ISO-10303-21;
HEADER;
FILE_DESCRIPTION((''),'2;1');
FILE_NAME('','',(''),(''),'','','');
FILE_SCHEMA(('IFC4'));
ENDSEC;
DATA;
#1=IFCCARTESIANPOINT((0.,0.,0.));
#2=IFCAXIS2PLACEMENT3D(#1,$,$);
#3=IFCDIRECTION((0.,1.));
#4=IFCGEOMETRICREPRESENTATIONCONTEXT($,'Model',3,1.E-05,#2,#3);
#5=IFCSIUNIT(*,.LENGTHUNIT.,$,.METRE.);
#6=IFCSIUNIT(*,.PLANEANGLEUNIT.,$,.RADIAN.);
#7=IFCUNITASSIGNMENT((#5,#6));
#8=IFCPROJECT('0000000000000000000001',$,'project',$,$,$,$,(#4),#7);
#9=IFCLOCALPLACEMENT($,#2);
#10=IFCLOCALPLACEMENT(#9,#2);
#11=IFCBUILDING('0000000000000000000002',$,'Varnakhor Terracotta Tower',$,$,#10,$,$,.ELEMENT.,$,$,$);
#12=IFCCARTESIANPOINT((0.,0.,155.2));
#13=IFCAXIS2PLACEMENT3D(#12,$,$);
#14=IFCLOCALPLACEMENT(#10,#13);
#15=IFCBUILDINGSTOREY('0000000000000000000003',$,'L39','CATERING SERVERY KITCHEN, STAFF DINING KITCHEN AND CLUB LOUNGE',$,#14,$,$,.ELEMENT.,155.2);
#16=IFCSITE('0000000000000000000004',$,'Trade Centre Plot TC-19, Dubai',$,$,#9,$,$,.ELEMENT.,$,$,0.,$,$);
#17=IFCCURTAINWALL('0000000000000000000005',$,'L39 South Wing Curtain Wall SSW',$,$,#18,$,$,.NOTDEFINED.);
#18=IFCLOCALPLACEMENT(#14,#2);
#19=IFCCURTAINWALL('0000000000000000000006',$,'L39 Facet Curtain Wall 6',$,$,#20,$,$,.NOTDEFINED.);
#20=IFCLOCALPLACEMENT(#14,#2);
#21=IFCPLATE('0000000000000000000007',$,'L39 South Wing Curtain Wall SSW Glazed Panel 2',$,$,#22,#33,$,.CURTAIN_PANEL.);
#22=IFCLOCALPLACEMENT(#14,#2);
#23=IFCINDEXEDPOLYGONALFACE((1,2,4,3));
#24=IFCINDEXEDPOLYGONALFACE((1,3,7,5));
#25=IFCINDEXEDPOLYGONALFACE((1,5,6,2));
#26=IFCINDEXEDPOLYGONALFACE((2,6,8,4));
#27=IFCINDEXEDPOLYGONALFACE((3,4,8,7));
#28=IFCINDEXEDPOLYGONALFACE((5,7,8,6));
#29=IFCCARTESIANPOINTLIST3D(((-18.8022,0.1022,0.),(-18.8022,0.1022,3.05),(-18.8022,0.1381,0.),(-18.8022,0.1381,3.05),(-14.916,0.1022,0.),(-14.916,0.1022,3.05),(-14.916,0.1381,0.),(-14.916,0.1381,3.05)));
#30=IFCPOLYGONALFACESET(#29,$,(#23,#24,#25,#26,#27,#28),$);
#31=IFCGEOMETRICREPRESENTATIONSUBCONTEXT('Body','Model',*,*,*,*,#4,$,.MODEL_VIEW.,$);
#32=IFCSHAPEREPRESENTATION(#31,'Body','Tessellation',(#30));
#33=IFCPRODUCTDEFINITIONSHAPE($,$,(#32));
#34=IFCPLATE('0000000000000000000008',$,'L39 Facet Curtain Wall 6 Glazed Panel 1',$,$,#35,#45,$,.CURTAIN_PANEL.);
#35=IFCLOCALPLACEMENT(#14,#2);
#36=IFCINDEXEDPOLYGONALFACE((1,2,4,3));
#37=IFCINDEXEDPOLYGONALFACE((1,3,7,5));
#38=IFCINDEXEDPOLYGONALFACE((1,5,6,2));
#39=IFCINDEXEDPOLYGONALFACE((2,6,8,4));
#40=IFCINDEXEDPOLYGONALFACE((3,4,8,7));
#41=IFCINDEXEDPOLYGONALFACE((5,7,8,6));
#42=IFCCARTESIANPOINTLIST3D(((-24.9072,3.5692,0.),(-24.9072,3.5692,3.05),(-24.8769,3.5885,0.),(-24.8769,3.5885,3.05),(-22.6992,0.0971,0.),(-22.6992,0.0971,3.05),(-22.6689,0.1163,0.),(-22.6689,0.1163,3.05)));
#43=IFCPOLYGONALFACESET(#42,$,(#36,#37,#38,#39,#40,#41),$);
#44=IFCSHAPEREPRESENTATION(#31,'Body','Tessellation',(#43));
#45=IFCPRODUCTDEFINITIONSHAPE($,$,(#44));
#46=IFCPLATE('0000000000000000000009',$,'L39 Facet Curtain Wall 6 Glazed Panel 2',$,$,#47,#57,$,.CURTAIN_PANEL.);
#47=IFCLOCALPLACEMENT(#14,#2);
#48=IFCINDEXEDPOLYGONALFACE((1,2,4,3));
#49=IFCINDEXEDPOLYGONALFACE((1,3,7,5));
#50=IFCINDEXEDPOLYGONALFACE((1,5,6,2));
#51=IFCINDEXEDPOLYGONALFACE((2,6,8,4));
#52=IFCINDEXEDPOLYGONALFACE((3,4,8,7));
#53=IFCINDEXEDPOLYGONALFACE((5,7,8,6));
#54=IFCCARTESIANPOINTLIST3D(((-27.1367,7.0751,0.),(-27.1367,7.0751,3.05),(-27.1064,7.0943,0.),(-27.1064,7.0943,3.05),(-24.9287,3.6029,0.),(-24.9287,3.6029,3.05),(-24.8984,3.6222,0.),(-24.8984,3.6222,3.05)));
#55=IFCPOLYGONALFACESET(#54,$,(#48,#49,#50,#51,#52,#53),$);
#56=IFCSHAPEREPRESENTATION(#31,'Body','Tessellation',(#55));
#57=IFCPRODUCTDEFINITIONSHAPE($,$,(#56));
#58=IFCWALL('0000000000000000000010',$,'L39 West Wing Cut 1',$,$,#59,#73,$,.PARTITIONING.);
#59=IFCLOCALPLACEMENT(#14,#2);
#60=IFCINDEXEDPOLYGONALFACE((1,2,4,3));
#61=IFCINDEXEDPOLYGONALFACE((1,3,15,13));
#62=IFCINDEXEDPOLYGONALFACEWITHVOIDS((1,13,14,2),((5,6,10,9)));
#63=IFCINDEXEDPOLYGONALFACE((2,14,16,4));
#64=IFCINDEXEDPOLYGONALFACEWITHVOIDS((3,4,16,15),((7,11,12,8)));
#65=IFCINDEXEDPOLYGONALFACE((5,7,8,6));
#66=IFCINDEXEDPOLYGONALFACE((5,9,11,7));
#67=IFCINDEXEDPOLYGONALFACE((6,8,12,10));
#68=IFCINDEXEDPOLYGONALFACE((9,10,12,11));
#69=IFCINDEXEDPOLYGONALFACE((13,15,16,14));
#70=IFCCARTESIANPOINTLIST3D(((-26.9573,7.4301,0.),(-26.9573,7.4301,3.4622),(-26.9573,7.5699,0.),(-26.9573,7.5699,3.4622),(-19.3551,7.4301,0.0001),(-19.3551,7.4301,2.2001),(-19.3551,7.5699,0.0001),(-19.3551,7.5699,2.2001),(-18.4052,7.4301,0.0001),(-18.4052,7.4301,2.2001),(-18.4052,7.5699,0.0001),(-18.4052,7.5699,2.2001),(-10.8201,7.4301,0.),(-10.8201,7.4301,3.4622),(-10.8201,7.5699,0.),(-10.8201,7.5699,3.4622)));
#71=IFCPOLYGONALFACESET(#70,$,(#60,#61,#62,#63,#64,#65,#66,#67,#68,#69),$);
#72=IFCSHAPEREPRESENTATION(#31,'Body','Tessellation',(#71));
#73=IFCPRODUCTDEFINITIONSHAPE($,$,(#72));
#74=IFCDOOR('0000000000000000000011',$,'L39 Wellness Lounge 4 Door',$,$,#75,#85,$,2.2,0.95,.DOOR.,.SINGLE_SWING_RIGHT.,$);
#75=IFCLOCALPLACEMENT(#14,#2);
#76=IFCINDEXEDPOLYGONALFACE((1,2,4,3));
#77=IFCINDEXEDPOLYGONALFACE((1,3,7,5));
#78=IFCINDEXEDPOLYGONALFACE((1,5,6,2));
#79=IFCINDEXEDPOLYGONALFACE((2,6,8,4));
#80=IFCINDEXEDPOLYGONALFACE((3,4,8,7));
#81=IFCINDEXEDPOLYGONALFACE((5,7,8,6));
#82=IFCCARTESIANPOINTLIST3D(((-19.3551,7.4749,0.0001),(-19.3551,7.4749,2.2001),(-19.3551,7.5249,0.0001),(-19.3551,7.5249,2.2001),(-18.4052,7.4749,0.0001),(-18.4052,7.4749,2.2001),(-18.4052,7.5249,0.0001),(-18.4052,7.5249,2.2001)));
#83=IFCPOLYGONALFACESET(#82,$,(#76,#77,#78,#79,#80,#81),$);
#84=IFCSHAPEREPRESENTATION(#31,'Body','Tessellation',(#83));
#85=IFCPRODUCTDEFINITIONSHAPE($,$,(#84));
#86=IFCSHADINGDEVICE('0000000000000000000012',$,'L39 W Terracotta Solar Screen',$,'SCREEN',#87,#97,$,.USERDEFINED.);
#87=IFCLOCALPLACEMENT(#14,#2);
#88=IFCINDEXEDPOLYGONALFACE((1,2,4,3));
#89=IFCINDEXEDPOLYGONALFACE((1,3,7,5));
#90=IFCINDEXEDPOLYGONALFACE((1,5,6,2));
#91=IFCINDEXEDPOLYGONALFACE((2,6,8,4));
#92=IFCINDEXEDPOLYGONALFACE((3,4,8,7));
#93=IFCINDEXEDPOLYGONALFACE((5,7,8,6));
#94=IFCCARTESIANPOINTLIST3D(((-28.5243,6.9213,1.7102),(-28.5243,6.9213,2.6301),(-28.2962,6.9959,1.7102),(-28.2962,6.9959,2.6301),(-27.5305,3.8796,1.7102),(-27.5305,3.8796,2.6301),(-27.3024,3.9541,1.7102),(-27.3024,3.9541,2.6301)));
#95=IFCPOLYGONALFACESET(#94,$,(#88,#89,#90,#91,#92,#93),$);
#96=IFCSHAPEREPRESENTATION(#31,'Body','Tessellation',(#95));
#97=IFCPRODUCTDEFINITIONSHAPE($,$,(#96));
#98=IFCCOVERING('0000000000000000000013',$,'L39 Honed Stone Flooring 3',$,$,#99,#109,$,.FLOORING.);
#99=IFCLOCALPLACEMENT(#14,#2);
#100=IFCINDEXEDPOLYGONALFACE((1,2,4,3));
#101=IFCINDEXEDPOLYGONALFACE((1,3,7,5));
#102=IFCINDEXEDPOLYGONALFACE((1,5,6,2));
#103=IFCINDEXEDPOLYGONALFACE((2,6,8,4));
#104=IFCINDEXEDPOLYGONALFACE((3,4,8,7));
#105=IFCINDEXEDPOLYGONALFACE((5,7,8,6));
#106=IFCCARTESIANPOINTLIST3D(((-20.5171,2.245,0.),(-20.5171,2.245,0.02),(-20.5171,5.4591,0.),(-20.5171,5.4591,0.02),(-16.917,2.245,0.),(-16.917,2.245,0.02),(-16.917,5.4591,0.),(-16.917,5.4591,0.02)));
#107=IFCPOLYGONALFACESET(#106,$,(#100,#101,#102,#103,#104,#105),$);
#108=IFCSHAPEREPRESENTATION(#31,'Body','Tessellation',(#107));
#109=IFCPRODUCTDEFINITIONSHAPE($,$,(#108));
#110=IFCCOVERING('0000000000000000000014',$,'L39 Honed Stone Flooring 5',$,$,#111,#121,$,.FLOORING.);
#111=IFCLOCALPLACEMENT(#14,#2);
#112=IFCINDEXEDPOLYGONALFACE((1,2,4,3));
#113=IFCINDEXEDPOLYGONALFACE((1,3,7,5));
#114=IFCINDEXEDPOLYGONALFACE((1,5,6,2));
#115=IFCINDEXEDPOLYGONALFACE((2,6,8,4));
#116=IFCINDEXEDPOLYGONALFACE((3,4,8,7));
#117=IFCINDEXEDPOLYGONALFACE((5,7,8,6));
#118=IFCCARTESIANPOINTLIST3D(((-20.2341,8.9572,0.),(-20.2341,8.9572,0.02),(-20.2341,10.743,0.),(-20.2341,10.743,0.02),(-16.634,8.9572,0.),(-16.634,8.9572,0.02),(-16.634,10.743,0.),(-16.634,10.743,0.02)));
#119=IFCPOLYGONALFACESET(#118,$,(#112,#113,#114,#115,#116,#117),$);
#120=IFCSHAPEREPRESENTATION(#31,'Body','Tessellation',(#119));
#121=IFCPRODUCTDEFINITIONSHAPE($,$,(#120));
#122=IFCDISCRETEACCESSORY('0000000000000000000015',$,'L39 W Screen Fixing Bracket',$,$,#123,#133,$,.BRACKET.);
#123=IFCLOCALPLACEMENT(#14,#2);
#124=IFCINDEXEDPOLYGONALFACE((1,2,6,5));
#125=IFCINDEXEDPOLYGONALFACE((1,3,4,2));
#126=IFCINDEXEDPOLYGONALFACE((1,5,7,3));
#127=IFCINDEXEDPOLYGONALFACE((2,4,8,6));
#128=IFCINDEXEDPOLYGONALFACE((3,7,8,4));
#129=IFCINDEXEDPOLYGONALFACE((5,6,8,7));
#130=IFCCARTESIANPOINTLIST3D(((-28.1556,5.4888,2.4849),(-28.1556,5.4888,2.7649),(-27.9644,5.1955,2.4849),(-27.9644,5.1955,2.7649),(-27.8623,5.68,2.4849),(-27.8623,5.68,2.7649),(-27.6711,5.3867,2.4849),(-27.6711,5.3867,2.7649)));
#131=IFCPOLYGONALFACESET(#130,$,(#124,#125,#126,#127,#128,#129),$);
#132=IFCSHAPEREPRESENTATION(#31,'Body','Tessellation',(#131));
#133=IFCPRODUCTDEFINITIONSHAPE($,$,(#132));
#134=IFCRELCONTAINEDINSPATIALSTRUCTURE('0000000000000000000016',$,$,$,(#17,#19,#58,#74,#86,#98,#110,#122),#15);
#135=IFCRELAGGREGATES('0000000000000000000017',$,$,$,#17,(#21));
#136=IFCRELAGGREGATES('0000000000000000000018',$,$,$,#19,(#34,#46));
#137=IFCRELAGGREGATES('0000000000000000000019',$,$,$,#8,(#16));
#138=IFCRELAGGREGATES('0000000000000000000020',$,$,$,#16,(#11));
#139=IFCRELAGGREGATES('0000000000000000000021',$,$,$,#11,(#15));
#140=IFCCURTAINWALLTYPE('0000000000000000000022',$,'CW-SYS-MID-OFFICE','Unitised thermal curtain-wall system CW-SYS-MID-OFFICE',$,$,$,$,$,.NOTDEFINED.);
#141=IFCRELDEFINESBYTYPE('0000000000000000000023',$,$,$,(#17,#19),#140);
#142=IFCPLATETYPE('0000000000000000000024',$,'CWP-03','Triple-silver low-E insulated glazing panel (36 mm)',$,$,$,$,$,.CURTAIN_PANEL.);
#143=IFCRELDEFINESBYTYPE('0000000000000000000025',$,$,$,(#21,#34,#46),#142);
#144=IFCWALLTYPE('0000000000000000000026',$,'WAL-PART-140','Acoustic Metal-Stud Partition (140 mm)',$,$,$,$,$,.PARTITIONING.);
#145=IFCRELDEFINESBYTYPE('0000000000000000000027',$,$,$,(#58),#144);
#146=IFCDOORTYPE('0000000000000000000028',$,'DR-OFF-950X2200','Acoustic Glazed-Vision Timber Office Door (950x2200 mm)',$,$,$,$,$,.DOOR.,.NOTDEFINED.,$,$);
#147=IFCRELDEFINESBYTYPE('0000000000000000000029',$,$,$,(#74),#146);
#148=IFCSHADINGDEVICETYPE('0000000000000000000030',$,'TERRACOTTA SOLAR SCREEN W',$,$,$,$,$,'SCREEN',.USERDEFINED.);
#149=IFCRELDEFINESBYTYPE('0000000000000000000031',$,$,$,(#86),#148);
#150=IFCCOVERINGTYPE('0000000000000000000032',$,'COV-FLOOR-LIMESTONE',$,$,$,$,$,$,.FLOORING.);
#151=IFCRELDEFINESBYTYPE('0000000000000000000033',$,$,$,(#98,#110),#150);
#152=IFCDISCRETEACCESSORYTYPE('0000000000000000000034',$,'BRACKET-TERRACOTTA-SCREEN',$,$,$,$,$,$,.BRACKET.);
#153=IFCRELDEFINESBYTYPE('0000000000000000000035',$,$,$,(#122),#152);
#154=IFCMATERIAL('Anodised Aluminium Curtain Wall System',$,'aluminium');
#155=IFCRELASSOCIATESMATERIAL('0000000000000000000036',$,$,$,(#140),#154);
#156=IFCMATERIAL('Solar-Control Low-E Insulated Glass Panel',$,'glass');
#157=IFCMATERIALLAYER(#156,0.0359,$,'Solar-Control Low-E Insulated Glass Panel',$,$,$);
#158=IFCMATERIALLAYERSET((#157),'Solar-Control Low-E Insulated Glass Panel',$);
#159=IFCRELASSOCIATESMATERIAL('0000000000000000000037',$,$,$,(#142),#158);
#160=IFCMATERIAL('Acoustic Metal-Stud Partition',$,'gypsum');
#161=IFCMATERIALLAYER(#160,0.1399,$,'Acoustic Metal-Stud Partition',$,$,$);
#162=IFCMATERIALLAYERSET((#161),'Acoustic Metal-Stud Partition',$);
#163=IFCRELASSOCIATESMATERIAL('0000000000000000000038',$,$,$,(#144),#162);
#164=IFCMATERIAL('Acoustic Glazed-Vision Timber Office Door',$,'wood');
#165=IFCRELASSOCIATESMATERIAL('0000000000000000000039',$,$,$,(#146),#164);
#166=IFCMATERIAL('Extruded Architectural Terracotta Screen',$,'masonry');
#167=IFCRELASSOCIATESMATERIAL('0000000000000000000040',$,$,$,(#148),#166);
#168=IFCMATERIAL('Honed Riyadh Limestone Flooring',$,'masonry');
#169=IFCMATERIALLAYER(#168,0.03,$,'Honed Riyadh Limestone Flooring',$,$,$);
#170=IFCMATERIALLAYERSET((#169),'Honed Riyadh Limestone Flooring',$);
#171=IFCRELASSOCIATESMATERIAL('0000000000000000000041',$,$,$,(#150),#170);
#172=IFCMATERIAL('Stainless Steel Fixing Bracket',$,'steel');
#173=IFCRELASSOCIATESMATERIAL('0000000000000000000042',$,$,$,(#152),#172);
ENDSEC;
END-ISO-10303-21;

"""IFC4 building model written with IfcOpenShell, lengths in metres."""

from ifc_helpers import new_model, si_unit, direction, frame, frame_2d, origin, origin_2d, place, context, subcontext, project, spatial, rectangle, extrude, source, transform, mapped, material, layer, layer_set, type_object, type_shapes, element, fill, aggregate, save


model = new_model("IFC4")

# Units and contexts
model_context = context("Model", 3, precision=1e-05, world=origin(), true_north=direction((0.0, 1.0)))
body_context = subcontext(model_context, "Body", "Model", "MODEL_VIEW")
ifc_project = project(units=[si_unit("LENGTHUNIT", "METRE"), si_unit("PLANEANGLEUNIT", "RADIAN")], contexts=[model_context])

# Site, building, storey
site_placement = place(None, origin())
site = spatial("IfcSite", under=ifc_project, at=site_placement, Name="Trade Centre Plot TC-19, Dubai", CompositionType="ELEMENT", RefElevation=0.0)
building_placement = place(site_placement, origin())
building = spatial("IfcBuilding", under=site, at=building_placement, Name="Varnakhor Terracotta Tower", CompositionType="ELEMENT")
storey_placement = place(building_placement, frame((0.0, 0.0, 155.2)))
storey = spatial("IfcBuildingStorey", under=building, at=storey_placement, Name="L39", Description="CATERING SERVERY KITCHEN, STAFF DINING KITCHEN AND CLUB LOUNGE", CompositionType="ELEMENT", Elevation=155.2)

# Curtain walls
ifc_material_1 = material(Name="Anodised Aluminium Curtain Wall System", Category="aluminium")
curtain_wall_type = type_object("IfcCurtainWallType", Name="CW-SYS-MID-OFFICE", Description="Unitised thermal curtain-wall system CW-SYS-MID-OFFICE", PredefinedType="NOTDEFINED", material=ifc_material_1)
curtain_wall_1_placement = place(storey_placement, origin())
curtain_wall_1 = element("IfcCurtainWall", 1, at=curtain_wall_1_placement, inside=storey, type_object=curtain_wall_type, Name="L39 South Wing Curtain Wall SSW", PredefinedType="NOTDEFINED")
curtain_wall_2_placement = place(storey_placement, origin())
curtain_wall_2 = element("IfcCurtainWall", 2, at=curtain_wall_2_placement, inside=storey, type_object=curtain_wall_type, Name="L39 Facet Curtain Wall 6", PredefinedType="NOTDEFINED")

# Plates
ifc_material_2 = material(Name="Solar-Control Low-E Insulated Glass Panel", Category="glass")
ifc_layer_1 = layer(ifc_material_2, 0.0359, Name="Solar-Control Low-E Insulated Glass Panel")
ifc_layer_set_1 = layer_set([ifc_layer_1], Name="Solar-Control Low-E Insulated Glass Panel")
plate_type = type_object("IfcPlateType", Name="CWP-03", Description="Triple-silver low-E insulated glazing panel (36 mm)", PredefinedType="CURTAIN_PANEL", material=ifc_layer_set_1)
shared_shape_1 = source(origin(), body_context, "Body", "SweptSolid", [
    extrude(rectangle(XDim=3.8862, YDim=0.0359, at=origin_2d()), origin(), (0.0, 0.0, 1.0), 3.05),
])
plate_1_placement = place(storey_placement, frame((-16.8591, 0.1201, 0.0), z_axis=(0.0, 0.0, 1.0), x_axis=(-1.0, 0.0, 0.0)))
plate_1 = element("IfcPlate", 3, at=plate_1_placement, type_object=plate_type, Name="L39 South Wing Curtain Wall SSW Glazed Panel 2", PredefinedType="CURTAIN_PANEL", context=body_context, shape_type="MappedRepresentation", body=[
    mapped(shared_shape_1, transform((0.0, 0.0, 0.0), scale=1.0)),
])
aggregate(curtain_wall_1, [plate_1])
shared_shape_2 = source(origin(), body_context, "Body", "SweptSolid", [
    extrude(rectangle(XDim=4.1147, YDim=0.0359, at=origin_2d()), origin(), (0.0, 0.0, 1.0), 3.05),
])
plate_2_placement = place(storey_placement, frame((-23.7881, 1.8428, 0.0), z_axis=(0.0, 0.0, 1.0), x_axis=(-0.536608, 0.843832, 0.0)))
plate_2 = element("IfcPlate", 4, at=plate_2_placement, type_object=plate_type, Name="L39 Facet Curtain Wall 6 Glazed Panel 1", PredefinedType="CURTAIN_PANEL", context=body_context, shape_type="MappedRepresentation", body=[
    mapped(shared_shape_2, transform((0.0, 0.0, 0.0), scale=1.0)),
])
plate_3_placement = place(storey_placement, frame((-26.0176, 5.3486, 0.0), z_axis=(0.0, 0.0, 1.0), x_axis=(-0.536608, 0.843832, 0.0)))
plate_3 = element("IfcPlate", 5, at=plate_3_placement, type_object=plate_type, Name="L39 Facet Curtain Wall 6 Glazed Panel 2", PredefinedType="CURTAIN_PANEL", context=body_context, shape_type="MappedRepresentation", body=[
    mapped(shared_shape_2, transform((0.0, 0.0, 0.0), scale=1.0)),
])
aggregate(curtain_wall_2, [plate_2, plate_3])

# Wall, opening, door
ifc_material_3 = material(Name="Acoustic Metal-Stud Partition", Category="gypsum")
ifc_layer_2 = layer(ifc_material_3, 0.1399, Name="Acoustic Metal-Stud Partition")
ifc_layer_set_2 = layer_set([ifc_layer_2], Name="Acoustic Metal-Stud Partition")
wall_type = type_object("IfcWallType", Name="WAL-PART-140", Description="Acoustic Metal-Stud Partition (140 mm)", PredefinedType="PARTITIONING", material=ifc_layer_set_2)
wall_placement = place(storey_placement, frame((-26.9573, 7.5, 0.0), z_axis=(0.0, 0.0, 1.0), x_axis=(1.0, 0.0, 0.0)))
wall = element("IfcWall", 6, at=wall_placement, inside=storey, type_object=wall_type, Name="L39 West Wing Cut 1", PredefinedType="PARTITIONING", context=body_context, shape_type="SweptSolid", body=[
    extrude(rectangle(XDim=16.1372, YDim=0.1399, at=frame_2d((8.0686, 0.0))), origin(), (0.0, 0.0, 1.0), 3.4622),
])
opening_placement = place(wall_placement, frame((7.6021, 0.0, 0.0)))
opening = element("IfcOpeningElement", 7, at=opening_placement, cuts=wall, PredefinedType="OPENING", context=body_context, shape_type="SweptSolid", body=[
    extrude(rectangle(XDim=0.95, YDim=2.2, at=frame_2d((0.4751, 1.1001))), frame((0.0, 0.0801, 0.0), z_axis=(0.0, -1.0, 0.0), x_axis=(1.0, 0.0, 0.0)), (0.0, 0.0, 1.0), 0.1599),
])
ifc_material_4 = material(Name="Acoustic Glazed-Vision Timber Office Door", Category="wood")
door_type = type_object("IfcDoorType", Name="DR-OFF-950X2200", Description="Acoustic Glazed-Vision Timber Office Door (950x2200 mm)", OperationType="NOTDEFINED", PredefinedType="DOOR", material=ifc_material_4)
shared_shape_3 = source(origin(), body_context, "Body", "SweptSolid", [
    extrude(rectangle(XDim=0.95, YDim=2.2, at=frame_2d((0.4751, 1.1001))), frame((0.0, 0.0249, 0.0), z_axis=(0.0, -1.0, 0.0), x_axis=(1.0, 0.0, 0.0)), (0.0, 0.0, 1.0), 0.05),
])
type_shapes(door_type, [shared_shape_3])
door_placement = place(opening_placement, origin())
door = element("IfcDoor", 8, at=door_placement, inside=storey, type_object=door_type, Name="L39 Wellness Lounge 4 Door", OperationType="SINGLE_SWING_RIGHT", OverallHeight=2.2, OverallWidth=0.95, PredefinedType="DOOR", context=body_context, shape_type="MappedRepresentation", body=[
    mapped(shared_shape_3, transform((0.0, 0.0, 0.0), scale=1.0)),
])
fill(opening, door)

# Shading device
ifc_material_5 = material(Name="Extruded Architectural Terracotta Screen", Category="masonry")
shading_device_type = type_object("IfcShadingDeviceType", Name="TERRACOTTA SOLAR SCREEN W", ElementType="SCREEN", PredefinedType="USERDEFINED", material=ifc_material_5)
shared_shape_4 = source(origin(), body_context, "Body", "SweptSolid", [
    extrude(rectangle(XDim=3.2, YDim=0.24, at=origin_2d()), origin(), (0.0, 0.0, 1.0), 0.9199),
])
type_shapes(shading_device_type, [shared_shape_4])
shading_device_placement = place(storey_placement, frame((-27.9133, 5.4377, 1.7102), z_axis=(0.0, 0.0, 1.0), x_axis=(0.31056, -0.950554, 0.0)))
element("IfcShadingDevice", 9, at=shading_device_placement, inside=storey, type_object=shading_device_type, Name="L39 W Terracotta Solar Screen", ObjectType="SCREEN", PredefinedType="USERDEFINED", context=body_context, shape_type="MappedRepresentation", body=[
    mapped(shared_shape_4, transform((0.0, 0.0, 0.0), scale=1.0)),
])

# Coverings
ifc_material_6 = material(Name="Honed Riyadh Limestone Flooring", Category="masonry")
ifc_layer_3 = layer(ifc_material_6, 0.03, Name="Honed Riyadh Limestone Flooring")
ifc_layer_set_3 = layer_set([ifc_layer_3], Name="Honed Riyadh Limestone Flooring")
covering_type = type_object("IfcCoveringType", Name="COV-FLOOR-LIMESTONE", PredefinedType="FLOORING", material=ifc_layer_set_3)
shared_shape_5 = source(origin(), body_context, "Body", "SweptSolid", [
    extrude(rectangle(XDim=3.6001, YDim=3.2141, at=origin_2d()), origin(), (0.0, 0.0, 1.0), 0.02),
])
covering_1_placement = place(storey_placement, frame((-18.717, 3.8521, 0.0), z_axis=(0.0, 0.0, 1.0), x_axis=(1.0, 0.0, 0.0)))
element("IfcCovering", 10, at=covering_1_placement, inside=storey, type_object=covering_type, Name="L39 Honed Stone Flooring 3", PredefinedType="FLOORING", context=body_context, shape_type="MappedRepresentation", body=[
    mapped(shared_shape_5, transform((0.0, 0.0, 0.0), scale=1.0)),
])
shared_shape_6 = source(origin(), body_context, "Body", "SweptSolid", [
    extrude(rectangle(XDim=3.6001, YDim=1.7859, at=origin_2d()), origin(), (0.0, 0.0, 1.0), 0.02),
])
covering_2_placement = place(storey_placement, frame((-18.4341, 9.8501, 0.0), z_axis=(0.0, 0.0, 1.0), x_axis=(1.0, 0.0, 0.0)))
element("IfcCovering", 11, at=covering_2_placement, inside=storey, type_object=covering_type, Name="L39 Honed Stone Flooring 5", PredefinedType="FLOORING", context=body_context, shape_type="MappedRepresentation", body=[
    mapped(shared_shape_6, transform((0.0, 0.0, 0.0), scale=1.0)),
])

# Discrete accessory
ifc_material_7 = material(Name="Stainless Steel Fixing Bracket", Category="steel")
discrete_accessory_type = type_object("IfcDiscreteAccessoryType", Name="BRACKET-TERRACOTTA-SCREEN", PredefinedType="BRACKET", material=ifc_material_7)
shared_shape_7 = source(origin(), body_context, "Body", "SweptSolid", [
    extrude(rectangle(XDim=0.3501, YDim=0.3501, at=origin_2d()), origin(), (0.0, 0.0, 1.0), 0.28),
])
type_shapes(discrete_accessory_type, [shared_shape_7])
discrete_accessory_placement = place(storey_placement, frame((-27.9133, 5.4377, 2.4849), z_axis=(0.0, 0.0, 1.0), x_axis=(0.546, -0.837785, 0.0)))
element("IfcDiscreteAccessory", 12, at=discrete_accessory_placement, inside=storey, type_object=discrete_accessory_type, Name="L39 W Screen Fixing Bracket", PredefinedType="BRACKET", context=body_context, shape_type="MappedRepresentation", body=[
    mapped(shared_shape_7, transform((0.0, 0.0, 0.0), scale=1.0)),
])

save(model, "model.ifc")
